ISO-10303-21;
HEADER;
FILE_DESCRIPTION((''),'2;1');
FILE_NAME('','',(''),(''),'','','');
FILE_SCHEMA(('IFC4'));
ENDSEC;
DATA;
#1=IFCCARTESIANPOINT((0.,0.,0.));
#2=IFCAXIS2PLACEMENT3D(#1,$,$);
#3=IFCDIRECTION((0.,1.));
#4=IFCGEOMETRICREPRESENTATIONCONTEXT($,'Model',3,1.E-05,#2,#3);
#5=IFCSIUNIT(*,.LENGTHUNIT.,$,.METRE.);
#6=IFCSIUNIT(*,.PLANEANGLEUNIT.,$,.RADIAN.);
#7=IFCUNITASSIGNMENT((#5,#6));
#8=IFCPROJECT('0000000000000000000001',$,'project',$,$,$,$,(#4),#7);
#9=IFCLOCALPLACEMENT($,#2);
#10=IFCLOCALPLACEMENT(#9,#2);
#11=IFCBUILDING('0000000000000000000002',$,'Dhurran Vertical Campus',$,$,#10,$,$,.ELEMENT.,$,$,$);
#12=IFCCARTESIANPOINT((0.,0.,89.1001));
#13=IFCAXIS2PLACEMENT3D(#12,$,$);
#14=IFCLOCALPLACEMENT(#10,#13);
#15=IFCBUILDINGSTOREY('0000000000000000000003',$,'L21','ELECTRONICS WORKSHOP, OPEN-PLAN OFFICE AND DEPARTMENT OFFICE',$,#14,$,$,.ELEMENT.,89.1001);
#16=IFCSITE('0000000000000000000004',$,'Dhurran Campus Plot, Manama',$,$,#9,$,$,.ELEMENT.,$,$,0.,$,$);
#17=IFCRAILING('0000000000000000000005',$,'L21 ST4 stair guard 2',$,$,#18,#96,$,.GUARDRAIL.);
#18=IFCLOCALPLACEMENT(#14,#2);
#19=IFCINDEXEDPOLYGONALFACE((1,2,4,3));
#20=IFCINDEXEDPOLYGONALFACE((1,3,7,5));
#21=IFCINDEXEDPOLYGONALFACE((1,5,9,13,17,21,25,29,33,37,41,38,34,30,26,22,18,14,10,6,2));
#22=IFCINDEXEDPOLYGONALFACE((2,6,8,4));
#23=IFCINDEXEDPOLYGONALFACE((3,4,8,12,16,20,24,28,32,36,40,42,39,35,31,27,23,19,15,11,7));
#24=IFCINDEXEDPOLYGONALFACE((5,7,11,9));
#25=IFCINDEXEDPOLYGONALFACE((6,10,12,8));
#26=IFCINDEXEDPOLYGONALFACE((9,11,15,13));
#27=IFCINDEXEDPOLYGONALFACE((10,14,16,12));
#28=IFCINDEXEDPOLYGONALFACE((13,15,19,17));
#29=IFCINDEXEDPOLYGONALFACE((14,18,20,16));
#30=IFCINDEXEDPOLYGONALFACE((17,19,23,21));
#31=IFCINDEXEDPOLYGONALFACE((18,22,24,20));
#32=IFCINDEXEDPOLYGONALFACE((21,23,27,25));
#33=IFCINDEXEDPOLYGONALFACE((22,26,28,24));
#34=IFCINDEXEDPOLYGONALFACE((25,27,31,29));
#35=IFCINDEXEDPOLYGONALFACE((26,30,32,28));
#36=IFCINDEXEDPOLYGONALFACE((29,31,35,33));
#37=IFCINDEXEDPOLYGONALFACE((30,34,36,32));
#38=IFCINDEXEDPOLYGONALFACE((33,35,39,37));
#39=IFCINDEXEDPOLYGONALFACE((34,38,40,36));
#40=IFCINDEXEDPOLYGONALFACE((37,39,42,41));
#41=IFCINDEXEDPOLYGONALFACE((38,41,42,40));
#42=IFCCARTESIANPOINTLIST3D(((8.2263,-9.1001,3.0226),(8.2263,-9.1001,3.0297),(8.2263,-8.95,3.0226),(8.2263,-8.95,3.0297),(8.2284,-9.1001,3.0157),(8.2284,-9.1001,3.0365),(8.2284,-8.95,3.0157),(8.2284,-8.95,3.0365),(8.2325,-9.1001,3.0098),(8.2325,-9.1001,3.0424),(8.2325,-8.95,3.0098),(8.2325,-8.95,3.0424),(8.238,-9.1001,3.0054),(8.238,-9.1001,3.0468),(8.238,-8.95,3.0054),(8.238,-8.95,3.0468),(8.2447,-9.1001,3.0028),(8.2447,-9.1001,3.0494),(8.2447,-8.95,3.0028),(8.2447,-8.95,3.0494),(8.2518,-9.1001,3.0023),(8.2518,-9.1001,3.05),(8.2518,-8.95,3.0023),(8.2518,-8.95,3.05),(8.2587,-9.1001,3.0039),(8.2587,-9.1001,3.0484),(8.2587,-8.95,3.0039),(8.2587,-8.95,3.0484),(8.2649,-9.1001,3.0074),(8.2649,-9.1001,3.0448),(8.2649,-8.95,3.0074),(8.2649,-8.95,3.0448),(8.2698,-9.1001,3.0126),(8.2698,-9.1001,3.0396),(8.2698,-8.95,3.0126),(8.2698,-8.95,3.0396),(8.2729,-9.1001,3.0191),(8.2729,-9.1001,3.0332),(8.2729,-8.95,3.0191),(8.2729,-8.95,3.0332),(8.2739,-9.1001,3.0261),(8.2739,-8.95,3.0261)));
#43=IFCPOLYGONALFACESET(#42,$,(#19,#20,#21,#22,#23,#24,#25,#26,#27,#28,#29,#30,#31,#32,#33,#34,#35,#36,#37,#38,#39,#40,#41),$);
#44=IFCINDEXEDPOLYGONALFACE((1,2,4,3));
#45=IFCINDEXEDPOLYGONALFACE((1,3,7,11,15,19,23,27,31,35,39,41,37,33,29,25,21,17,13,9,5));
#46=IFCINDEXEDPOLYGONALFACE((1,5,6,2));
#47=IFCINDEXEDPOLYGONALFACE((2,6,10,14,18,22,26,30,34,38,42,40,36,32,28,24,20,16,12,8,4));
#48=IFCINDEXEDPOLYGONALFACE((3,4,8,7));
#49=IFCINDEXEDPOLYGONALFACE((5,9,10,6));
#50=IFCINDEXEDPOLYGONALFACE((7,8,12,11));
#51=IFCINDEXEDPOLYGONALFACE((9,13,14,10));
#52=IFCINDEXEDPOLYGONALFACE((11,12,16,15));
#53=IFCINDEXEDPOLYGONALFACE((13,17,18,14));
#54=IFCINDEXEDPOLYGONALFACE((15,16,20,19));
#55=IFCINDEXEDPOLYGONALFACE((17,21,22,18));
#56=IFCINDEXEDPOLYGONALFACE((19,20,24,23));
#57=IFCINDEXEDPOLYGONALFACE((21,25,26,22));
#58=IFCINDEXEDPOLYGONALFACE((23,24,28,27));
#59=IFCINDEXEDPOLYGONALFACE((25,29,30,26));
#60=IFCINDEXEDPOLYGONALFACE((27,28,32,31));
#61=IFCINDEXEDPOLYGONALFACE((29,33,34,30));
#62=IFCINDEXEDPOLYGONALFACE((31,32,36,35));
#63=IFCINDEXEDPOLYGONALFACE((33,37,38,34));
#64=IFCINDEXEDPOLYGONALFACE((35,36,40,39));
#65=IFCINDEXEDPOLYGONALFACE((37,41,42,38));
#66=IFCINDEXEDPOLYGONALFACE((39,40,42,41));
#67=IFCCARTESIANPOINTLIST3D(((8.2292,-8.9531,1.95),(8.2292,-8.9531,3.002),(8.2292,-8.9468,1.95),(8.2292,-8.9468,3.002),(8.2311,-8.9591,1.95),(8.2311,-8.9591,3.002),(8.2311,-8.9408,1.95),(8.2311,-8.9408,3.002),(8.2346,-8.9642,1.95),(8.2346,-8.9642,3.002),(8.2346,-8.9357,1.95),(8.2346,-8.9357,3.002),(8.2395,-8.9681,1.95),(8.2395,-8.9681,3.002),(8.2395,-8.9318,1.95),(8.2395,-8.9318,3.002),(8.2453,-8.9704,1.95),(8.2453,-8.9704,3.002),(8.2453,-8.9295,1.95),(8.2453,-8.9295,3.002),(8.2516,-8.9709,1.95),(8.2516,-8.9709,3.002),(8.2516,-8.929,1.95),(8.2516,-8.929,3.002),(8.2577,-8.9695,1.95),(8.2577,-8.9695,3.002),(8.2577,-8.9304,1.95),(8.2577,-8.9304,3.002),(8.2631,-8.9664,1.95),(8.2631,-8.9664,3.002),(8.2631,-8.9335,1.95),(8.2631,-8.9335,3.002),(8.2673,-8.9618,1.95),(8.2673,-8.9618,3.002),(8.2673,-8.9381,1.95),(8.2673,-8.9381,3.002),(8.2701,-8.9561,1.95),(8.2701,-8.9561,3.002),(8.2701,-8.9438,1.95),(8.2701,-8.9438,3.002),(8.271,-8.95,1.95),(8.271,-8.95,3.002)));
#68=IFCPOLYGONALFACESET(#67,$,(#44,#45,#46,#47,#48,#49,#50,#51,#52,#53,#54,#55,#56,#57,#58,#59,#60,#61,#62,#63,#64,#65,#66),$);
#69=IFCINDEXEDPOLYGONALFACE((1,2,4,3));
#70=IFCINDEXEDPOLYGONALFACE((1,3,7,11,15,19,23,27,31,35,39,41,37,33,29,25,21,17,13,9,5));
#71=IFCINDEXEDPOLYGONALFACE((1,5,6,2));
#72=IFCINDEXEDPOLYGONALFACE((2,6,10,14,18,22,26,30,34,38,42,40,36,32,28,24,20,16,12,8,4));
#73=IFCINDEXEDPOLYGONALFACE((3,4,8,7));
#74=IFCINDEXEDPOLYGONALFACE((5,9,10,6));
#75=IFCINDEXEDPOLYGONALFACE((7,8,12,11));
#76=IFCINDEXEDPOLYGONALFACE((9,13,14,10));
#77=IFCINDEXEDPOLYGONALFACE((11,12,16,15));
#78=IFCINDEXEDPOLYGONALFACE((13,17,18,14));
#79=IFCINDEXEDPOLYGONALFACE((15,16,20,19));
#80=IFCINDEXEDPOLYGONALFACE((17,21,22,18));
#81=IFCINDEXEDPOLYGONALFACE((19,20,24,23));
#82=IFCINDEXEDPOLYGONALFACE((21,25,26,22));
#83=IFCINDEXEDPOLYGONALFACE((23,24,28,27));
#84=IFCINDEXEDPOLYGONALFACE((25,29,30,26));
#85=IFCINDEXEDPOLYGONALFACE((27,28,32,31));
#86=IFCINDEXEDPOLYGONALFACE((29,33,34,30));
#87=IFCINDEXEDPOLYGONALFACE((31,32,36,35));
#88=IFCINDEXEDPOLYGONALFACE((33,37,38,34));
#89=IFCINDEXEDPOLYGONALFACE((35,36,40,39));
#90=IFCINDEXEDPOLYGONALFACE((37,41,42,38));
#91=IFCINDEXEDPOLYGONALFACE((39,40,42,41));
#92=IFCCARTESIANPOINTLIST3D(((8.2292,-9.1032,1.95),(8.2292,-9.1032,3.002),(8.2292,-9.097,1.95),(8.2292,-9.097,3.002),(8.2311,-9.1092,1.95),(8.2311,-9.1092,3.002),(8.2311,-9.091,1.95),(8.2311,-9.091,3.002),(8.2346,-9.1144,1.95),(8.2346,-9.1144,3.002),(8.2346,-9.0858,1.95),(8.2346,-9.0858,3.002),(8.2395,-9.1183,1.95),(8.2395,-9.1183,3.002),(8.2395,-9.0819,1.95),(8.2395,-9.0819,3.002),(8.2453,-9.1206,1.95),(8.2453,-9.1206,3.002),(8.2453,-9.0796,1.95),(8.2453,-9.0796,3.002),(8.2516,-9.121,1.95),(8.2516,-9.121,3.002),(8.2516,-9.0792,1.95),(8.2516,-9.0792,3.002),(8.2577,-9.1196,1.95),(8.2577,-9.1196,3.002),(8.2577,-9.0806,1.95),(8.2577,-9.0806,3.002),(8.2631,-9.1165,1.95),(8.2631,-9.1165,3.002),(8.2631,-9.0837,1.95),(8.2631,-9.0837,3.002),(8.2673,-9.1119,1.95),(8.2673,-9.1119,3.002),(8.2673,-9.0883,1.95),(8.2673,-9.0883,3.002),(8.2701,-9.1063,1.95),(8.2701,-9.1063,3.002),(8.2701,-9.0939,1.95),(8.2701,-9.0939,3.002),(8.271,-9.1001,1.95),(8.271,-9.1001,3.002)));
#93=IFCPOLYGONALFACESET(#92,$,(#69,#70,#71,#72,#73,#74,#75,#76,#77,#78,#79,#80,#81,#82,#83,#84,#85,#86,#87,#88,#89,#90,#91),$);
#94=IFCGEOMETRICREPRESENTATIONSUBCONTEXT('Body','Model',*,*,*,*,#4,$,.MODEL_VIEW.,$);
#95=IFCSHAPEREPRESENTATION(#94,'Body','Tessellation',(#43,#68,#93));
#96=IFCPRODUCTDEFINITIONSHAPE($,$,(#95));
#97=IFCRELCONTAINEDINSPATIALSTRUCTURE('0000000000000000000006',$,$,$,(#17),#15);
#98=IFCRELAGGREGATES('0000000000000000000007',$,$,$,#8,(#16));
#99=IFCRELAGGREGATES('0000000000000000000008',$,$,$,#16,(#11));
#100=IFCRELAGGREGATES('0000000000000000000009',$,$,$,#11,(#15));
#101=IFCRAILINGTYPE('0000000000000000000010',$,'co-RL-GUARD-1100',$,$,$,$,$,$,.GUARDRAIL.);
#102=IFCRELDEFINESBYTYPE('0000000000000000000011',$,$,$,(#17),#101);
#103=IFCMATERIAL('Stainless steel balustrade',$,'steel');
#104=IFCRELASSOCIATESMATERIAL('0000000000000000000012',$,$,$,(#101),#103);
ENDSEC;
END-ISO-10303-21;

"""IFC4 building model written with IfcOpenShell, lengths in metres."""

from ifc_helpers import new_model, si_unit, direction, frame, origin, origin_2d, place, context, subcontext, project, spatial, circle, extrude, material, type_object, element, save


model = new_model("IFC4")

# Units and contexts
model_context = context("Model", 3, precision=1e-05, world=origin(), true_north=direction((0.0, 1.0)))
body_context = subcontext(model_context, "Body", "Model", "MODEL_VIEW")
ifc_project = project(units=[si_unit("LENGTHUNIT", "METRE"), si_unit("PLANEANGLEUNIT", "RADIAN")], contexts=[model_context])

# Site, building, storey
site_placement = place(None, origin())
site = spatial("IfcSite", under=ifc_project, at=site_placement, Name="Dhurran Campus Plot, Manama", CompositionType="ELEMENT", RefElevation=0.0)
building_placement = place(site_placement, origin())
building = spatial("IfcBuilding", under=site, at=building_placement, Name="Dhurran Vertical Campus", CompositionType="ELEMENT")
storey_placement = place(building_placement, frame((0.0, 0.0, 89.1001)))
storey = spatial("IfcBuildingStorey", under=building, at=storey_placement, Name="L21", Description="ELECTRONICS WORKSHOP, OPEN-PLAN OFFICE AND DEPARTMENT OFFICE", CompositionType="ELEMENT", Elevation=89.1001)

# Railing
ifc_material_1 = material(Name="Stainless steel balustrade", Category="steel")
railing_type_1 = type_object("IfcRailingType", Name="co-RL-GUARD-1100", PredefinedType="GUARDRAIL", material=ifc_material_1)
railing_1_placement = place(storey_placement, frame((8.25, -8.95, 1.95)))
element("IfcRailing", 1, at=railing_1_placement, inside=storey, type_object=railing_type_1, Name="L21 ST4 stair guard 2", PredefinedType="GUARDRAIL", context=body_context, shape_type="SweptSolid", body=[
    extrude(circle(Radius=0.0239, at=origin_2d()), frame((0.0, 0.0, 1.0762), z_axis=(0.0, -1.0, 0.0), x_axis=(1.0, 0.0, 0.0)), (0.0, 0.0, 1.0), 0.1501),
    extrude(circle(Radius=0.021, at=origin_2d()), origin(), (0.0, 0.0, 1.0), 1.052),
    extrude(circle(Radius=0.021, at=origin_2d()), frame((0.0, -0.1501, 0.0)), (0.0, 0.0, 1.0), 1.052),
])

save(model, "model.ifc")
